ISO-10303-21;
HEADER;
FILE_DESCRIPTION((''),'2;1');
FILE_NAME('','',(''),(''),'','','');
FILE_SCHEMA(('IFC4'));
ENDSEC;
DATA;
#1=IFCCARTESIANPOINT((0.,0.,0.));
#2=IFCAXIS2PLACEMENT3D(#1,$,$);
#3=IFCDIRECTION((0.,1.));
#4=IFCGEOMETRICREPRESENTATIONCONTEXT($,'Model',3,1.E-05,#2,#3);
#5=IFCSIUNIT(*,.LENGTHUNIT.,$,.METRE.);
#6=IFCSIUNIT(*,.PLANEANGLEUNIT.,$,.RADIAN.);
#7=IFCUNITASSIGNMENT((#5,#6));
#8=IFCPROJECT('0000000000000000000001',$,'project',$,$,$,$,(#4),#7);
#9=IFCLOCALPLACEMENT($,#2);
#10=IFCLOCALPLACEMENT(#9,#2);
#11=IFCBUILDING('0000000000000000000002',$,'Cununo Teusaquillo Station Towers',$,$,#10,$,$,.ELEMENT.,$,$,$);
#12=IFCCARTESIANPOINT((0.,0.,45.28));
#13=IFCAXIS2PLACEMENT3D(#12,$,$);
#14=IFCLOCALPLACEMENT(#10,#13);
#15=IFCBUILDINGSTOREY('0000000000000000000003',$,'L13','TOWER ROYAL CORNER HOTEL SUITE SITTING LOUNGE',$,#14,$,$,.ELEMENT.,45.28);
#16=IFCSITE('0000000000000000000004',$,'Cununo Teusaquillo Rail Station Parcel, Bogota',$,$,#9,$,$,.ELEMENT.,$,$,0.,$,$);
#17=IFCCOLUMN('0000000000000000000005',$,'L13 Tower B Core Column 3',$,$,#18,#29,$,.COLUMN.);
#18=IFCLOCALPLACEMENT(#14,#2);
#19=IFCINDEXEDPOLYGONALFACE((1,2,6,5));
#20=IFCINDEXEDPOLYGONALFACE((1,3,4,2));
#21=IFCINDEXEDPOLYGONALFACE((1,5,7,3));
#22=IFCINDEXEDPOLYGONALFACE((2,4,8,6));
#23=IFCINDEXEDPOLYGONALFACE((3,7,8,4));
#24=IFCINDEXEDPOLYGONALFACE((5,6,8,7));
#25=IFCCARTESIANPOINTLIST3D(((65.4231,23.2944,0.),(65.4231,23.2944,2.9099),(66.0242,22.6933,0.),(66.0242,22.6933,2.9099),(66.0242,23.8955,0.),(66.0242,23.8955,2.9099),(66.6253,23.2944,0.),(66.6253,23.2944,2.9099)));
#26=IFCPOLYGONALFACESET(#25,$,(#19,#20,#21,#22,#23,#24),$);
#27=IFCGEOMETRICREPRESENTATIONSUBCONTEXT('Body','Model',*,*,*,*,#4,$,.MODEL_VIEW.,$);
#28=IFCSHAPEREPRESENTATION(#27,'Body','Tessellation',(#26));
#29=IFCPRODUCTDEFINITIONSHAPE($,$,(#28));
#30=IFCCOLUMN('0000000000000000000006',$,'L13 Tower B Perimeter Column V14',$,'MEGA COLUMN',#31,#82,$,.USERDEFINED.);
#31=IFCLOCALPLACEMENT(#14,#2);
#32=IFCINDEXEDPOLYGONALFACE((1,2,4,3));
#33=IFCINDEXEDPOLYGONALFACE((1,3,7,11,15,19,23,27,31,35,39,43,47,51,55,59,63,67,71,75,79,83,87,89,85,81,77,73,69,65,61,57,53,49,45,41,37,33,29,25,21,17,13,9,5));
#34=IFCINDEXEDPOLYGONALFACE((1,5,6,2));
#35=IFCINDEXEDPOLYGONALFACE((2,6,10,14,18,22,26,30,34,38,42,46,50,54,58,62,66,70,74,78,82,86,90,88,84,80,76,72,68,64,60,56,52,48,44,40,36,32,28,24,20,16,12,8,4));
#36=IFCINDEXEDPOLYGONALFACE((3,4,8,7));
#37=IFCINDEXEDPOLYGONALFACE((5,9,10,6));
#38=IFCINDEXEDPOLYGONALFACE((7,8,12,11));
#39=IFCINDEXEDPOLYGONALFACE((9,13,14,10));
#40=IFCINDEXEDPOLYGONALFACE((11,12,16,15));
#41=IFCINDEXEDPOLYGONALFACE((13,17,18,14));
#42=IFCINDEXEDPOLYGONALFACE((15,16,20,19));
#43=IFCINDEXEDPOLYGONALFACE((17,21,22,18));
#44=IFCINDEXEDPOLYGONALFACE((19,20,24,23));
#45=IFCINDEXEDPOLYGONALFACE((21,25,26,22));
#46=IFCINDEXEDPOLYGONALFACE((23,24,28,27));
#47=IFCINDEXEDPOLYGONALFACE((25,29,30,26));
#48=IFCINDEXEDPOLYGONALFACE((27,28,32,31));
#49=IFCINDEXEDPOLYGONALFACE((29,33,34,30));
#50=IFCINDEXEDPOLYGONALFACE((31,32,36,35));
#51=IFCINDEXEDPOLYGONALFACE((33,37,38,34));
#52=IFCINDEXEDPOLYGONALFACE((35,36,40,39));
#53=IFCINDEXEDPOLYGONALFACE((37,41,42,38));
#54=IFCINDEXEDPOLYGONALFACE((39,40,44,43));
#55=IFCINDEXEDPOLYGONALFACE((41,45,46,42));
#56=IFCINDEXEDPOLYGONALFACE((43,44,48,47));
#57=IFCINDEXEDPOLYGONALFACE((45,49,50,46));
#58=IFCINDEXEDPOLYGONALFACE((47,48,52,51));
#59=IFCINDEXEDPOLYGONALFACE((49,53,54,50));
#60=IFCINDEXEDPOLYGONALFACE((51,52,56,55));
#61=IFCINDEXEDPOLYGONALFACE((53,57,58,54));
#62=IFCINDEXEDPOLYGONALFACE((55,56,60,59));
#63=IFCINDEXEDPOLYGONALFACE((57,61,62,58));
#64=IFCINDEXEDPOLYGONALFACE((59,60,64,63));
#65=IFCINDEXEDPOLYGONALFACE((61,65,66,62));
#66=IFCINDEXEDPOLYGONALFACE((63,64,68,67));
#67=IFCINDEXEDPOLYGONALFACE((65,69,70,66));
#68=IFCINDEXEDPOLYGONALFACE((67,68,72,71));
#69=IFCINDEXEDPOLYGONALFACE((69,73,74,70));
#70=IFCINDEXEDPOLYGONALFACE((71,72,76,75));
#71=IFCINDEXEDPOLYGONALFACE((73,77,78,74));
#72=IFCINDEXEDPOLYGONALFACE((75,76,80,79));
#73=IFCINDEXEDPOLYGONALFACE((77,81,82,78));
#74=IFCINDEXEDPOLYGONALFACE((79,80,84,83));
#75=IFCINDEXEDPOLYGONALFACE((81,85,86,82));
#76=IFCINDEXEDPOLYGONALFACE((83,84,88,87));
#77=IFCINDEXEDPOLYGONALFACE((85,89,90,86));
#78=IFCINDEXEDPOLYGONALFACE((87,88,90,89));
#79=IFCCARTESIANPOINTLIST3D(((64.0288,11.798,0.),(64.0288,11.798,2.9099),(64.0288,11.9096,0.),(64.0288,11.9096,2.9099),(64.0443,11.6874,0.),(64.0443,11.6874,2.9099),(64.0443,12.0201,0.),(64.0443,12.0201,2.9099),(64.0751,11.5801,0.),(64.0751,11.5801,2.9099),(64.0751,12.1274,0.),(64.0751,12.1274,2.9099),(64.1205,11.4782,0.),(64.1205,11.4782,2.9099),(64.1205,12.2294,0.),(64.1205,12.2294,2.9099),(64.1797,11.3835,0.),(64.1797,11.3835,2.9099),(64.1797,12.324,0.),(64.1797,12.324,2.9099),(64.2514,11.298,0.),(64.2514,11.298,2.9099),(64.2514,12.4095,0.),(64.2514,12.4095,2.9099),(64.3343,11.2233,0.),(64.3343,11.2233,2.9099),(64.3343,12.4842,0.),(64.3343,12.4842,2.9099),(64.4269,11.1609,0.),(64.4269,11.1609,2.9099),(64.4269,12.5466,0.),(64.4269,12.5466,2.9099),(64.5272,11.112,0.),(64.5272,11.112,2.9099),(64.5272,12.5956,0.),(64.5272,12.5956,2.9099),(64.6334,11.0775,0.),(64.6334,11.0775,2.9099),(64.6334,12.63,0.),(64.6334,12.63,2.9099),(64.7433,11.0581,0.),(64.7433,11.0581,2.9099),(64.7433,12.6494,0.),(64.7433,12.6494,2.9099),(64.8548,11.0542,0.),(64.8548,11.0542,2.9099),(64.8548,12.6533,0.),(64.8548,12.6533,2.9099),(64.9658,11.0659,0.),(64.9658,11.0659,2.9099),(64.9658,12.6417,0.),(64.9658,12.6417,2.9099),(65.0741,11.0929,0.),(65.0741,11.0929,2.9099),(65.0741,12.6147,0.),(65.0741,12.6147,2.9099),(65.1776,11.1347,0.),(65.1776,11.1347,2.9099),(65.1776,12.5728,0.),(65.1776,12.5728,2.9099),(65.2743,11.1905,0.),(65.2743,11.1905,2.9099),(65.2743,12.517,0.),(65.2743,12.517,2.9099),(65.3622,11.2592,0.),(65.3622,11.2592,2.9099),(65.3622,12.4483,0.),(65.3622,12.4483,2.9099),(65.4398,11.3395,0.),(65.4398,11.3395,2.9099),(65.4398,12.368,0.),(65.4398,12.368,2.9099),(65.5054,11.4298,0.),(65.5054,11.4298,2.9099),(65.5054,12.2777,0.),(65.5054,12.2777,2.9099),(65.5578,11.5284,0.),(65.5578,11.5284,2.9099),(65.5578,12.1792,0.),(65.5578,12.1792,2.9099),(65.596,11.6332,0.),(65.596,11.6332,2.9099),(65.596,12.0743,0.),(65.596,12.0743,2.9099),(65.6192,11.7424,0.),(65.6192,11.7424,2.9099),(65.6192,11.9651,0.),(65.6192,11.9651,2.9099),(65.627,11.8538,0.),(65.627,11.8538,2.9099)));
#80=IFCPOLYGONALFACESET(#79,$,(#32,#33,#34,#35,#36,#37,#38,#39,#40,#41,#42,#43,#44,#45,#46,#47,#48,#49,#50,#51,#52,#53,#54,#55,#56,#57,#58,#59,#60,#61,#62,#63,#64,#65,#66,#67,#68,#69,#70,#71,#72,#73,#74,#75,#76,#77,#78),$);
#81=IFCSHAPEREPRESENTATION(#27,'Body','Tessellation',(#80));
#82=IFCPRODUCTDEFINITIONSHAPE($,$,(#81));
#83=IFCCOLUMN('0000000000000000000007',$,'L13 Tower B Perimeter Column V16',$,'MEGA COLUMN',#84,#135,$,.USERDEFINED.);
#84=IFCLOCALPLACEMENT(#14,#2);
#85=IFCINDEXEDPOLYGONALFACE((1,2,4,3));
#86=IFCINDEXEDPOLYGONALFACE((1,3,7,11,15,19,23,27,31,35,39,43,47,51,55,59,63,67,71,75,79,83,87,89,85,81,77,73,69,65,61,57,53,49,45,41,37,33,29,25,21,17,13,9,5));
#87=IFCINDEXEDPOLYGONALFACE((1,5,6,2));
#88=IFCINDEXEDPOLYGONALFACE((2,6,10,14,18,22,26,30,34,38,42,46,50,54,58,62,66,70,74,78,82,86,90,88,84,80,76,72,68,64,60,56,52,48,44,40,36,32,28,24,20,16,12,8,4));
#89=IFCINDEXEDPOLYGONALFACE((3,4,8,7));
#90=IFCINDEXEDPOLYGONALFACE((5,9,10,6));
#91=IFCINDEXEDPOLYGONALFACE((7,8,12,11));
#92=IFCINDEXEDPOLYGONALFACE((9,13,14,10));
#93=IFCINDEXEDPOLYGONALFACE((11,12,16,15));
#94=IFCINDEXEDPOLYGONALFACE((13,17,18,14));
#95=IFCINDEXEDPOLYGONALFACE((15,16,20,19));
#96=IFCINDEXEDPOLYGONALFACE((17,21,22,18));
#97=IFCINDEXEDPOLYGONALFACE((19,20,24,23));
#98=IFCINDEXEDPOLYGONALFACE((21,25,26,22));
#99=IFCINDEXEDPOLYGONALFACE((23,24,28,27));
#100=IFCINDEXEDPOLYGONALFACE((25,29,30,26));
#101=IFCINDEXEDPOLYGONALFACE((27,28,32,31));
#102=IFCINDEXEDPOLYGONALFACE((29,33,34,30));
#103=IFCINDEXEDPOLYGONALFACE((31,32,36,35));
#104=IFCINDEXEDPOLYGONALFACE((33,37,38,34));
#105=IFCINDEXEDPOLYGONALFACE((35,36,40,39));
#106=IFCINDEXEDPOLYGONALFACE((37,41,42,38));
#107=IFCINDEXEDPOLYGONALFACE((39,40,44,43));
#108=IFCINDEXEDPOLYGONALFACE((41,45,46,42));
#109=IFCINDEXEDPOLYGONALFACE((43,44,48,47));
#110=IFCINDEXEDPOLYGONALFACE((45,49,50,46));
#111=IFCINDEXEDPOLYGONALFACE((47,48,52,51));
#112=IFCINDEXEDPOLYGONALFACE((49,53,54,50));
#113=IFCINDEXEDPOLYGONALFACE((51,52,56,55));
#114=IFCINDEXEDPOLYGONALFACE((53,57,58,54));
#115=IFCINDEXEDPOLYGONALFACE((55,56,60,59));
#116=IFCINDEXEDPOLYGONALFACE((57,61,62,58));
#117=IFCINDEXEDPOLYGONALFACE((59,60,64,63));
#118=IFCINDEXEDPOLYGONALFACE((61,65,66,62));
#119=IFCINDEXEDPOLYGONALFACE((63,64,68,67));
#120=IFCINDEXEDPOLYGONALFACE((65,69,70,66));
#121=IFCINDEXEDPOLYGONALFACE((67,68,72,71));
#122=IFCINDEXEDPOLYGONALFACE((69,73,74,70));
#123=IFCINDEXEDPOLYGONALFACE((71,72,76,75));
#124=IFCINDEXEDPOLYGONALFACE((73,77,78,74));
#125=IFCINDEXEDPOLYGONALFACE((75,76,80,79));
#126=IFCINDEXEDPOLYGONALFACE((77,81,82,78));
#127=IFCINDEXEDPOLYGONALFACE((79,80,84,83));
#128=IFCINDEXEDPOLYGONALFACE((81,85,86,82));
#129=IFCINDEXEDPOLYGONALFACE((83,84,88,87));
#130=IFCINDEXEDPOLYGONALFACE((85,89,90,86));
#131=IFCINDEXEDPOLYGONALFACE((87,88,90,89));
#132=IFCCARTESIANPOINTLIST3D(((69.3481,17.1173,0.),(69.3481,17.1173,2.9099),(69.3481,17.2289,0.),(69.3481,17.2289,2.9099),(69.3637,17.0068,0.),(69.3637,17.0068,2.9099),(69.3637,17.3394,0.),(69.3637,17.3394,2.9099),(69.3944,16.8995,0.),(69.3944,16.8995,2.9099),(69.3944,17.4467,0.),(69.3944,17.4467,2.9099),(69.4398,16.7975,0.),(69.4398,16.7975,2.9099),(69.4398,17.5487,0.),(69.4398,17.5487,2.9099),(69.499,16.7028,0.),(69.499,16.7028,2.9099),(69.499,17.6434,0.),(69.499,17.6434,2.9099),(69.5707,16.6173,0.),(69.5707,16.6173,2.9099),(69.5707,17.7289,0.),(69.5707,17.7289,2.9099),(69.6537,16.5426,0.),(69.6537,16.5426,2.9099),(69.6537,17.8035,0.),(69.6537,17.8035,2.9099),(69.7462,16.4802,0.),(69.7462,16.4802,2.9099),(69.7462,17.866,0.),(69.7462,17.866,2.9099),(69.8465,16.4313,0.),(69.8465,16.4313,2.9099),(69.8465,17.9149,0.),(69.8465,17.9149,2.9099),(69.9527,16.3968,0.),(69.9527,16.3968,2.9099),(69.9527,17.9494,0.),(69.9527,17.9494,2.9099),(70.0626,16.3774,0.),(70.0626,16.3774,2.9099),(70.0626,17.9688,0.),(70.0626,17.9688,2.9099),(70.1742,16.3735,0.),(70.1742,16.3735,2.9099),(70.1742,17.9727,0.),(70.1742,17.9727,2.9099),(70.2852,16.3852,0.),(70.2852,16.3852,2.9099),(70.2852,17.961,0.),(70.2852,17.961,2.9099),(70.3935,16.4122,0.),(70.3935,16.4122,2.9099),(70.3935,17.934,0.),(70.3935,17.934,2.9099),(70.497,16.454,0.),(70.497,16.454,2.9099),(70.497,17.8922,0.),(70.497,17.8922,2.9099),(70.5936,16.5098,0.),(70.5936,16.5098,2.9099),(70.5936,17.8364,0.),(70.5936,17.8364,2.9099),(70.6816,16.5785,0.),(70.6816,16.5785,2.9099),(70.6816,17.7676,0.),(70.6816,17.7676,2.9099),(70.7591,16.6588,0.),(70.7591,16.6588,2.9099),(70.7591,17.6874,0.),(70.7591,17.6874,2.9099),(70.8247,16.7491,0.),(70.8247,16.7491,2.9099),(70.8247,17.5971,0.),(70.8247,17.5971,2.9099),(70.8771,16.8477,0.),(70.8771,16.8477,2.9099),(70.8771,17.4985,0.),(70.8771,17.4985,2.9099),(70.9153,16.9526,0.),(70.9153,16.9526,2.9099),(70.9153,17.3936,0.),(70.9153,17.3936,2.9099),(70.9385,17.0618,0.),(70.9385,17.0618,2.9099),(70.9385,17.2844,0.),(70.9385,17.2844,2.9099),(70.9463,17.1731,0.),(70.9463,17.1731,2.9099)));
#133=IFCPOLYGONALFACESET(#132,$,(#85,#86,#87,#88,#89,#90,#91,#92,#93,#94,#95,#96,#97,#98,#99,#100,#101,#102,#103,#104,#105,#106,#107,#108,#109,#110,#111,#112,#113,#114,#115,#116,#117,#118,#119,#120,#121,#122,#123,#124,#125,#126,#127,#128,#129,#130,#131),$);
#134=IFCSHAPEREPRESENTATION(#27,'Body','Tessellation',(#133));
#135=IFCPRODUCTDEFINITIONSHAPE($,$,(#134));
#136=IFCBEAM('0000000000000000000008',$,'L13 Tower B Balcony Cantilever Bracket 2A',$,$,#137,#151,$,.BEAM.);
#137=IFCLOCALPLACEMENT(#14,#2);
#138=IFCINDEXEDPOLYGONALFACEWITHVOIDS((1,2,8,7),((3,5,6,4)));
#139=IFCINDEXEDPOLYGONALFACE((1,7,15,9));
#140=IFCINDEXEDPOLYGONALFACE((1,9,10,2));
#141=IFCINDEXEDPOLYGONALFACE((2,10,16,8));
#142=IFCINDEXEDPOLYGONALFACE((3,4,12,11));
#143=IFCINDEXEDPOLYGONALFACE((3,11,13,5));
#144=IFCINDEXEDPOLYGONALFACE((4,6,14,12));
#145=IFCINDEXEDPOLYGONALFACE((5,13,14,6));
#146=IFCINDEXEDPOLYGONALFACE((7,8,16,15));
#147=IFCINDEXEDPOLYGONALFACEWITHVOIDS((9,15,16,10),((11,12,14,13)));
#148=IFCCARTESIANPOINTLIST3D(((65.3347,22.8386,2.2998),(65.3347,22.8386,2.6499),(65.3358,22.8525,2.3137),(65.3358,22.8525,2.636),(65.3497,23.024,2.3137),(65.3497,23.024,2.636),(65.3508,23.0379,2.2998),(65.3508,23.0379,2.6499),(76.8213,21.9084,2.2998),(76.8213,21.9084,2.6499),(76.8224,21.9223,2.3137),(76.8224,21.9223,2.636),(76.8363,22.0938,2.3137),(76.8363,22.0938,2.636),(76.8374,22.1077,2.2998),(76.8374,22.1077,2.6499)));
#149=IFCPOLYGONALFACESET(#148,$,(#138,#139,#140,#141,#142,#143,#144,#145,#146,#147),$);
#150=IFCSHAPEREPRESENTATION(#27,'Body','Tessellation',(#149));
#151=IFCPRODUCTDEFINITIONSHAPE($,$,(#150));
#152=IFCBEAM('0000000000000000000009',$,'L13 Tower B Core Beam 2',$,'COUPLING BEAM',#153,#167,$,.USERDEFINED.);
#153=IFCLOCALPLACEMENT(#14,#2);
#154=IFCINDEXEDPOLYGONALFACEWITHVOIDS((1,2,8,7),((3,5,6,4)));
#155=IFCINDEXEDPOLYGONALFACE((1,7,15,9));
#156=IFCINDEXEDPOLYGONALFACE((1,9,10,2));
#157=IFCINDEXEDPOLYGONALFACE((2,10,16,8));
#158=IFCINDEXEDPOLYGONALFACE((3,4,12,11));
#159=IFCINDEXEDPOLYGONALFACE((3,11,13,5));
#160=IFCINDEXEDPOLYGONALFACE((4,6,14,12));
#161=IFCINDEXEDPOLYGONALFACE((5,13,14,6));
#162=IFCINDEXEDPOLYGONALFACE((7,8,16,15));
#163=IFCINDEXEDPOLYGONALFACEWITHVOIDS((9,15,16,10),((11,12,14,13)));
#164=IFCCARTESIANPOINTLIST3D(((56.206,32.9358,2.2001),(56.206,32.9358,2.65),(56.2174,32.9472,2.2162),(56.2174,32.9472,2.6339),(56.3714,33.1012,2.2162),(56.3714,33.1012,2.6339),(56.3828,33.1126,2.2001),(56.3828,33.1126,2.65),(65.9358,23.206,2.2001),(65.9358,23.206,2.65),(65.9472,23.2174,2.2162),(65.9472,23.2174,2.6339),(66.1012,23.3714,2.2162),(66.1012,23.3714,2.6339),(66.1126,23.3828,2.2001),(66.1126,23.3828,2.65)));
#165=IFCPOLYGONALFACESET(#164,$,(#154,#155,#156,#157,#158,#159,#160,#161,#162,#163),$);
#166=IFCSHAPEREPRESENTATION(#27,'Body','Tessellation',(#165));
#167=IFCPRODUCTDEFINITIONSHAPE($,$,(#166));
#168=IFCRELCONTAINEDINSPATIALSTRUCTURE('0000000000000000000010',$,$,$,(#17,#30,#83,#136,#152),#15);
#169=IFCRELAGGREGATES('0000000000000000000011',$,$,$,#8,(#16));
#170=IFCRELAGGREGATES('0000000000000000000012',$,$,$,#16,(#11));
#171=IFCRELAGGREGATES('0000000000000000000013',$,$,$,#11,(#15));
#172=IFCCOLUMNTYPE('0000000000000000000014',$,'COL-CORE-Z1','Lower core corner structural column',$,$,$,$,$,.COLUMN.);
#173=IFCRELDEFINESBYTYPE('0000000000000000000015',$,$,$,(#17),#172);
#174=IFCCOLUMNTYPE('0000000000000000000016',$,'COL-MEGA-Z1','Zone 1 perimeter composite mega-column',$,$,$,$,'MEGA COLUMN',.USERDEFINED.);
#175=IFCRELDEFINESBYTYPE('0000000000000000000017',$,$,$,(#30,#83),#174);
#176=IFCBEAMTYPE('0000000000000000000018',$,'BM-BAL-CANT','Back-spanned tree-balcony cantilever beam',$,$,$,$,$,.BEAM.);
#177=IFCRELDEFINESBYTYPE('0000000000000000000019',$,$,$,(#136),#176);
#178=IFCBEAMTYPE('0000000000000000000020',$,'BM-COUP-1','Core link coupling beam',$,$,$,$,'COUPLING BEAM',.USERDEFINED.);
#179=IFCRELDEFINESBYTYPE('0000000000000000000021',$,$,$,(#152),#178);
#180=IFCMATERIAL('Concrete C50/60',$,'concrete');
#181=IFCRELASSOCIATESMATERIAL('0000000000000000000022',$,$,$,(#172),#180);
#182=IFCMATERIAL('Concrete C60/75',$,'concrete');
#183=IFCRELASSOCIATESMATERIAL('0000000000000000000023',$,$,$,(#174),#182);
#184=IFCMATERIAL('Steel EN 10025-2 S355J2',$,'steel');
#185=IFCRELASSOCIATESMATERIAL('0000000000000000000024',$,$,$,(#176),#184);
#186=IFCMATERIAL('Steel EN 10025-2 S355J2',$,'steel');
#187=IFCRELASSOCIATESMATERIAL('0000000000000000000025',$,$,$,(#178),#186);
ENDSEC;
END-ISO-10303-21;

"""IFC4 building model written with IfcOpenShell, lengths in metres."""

from ifc_helpers import new_model, si_unit, direction, frame, origin, origin_2d, place, context, subcontext, project, spatial, rectangle, hollow_rectangle, circle, extrude, material, material_profile, profile_set, type_object, element, save


model = new_model("IFC4")

# Units and contexts
model_context = context("Model", 3, precision=1e-05, world=origin(), true_north=direction((0.0, 1.0)))
body_context = subcontext(model_context, "Body", "Model", "MODEL_VIEW")
ifc_project = project(units=[si_unit("LENGTHUNIT", "METRE"), si_unit("PLANEANGLEUNIT", "RADIAN")], contexts=[model_context])

# Site, building, storey
site_placement = place(None, origin())
site = spatial("IfcSite", under=ifc_project, at=site_placement, Name="Cununo Teusaquillo Rail Station Parcel, Bogota", CompositionType="ELEMENT", RefElevation=0.0)
building_placement = place(site_placement, origin())
building = spatial("IfcBuilding", under=site, at=building_placement, Name="Cununo Teusaquillo Station Towers", CompositionType="ELEMENT")
storey_placement = place(building_placement, frame((0.0, 0.0, 45.28)))
storey = spatial("IfcBuildingStorey", under=building, at=storey_placement, Name="L13", Description="TOWER ROYAL CORNER HOTEL SUITE SITTING LOUNGE", CompositionType="ELEMENT", Elevation=45.28)

# Columns
ifc_material_1 = material(Name="Concrete C50/60", Category="concrete")
ifc_material_profile_1 = material_profile(ifc_material_1, rectangle(XDim=0.8501, YDim=0.8501, at=origin_2d()), Name="RC-RECT-850x850")
ifc_profile_set_1 = profile_set([ifc_material_profile_1], Name="Concrete C50/60")
column_type_1 = type_object("IfcColumnType", Name="COL-CORE-Z1", Description="Lower core corner structural column", PredefinedType="COLUMN", material=ifc_profile_set_1)
column_placement = place(storey_placement, frame((66.0242, 23.2944, 0.0), z_axis=(0.0, 0.0, 1.0), x_axis=(0.707107, 0.707107, 0.0)))
element("IfcColumn", 1, at=column_placement, inside=storey, type_object=column_type_1, Name="L13 Tower B Core Column 3", PredefinedType="COLUMN", context=body_context, shape_type="SweptSolid", body=[
    extrude(rectangle(XDim=0.8501, YDim=0.8501, at=origin_2d()), origin(), (0.0, 0.0, 1.0), 2.9099),
])
ifc_material_2 = material(Name="Concrete C60/75", Category="concrete")
ifc_material_profile_2 = material_profile(ifc_material_2, circle(Radius=0.8, at=origin_2d()), Name="RC-CIRC-1600")
ifc_profile_set_2 = profile_set([ifc_material_profile_2], Name="Concrete C60/75")
column_type_2 = type_object("IfcColumnType", Name="COL-MEGA-Z1", Description="Zone 1 perimeter composite mega-column", ElementType="MEGA COLUMN", PredefinedType="USERDEFINED", material=ifc_profile_set_2)
for number, where, z_axis, x_axis, name in (
    (2, (64.8269, 11.8538, 0.0), (0.0, 0.0, 1.0), (1.0, 0.0, 0.0), "L13 Tower B Perimeter Column V14"),
    (3, (70.1462, 17.1731, 0.0), (0.0, 0.0, 1.0), (1.0, 0.0, 0.0), "L13 Tower B Perimeter Column V16"),
):
    element("IfcColumn", number, at=place(storey_placement, frame(where, z_axis=z_axis, x_axis=x_axis)), inside=storey, type_object=column_type_2, Name=name, ObjectType="MEGA COLUMN", PredefinedType="USERDEFINED", context=body_context, shape_type="SweptSolid", body=[
        extrude(circle(Radius=0.8, at=origin_2d()), origin(), (0.0, 0.0, 1.0), 2.9099),
    ])

# Beams
ifc_material_3 = material(Name="Steel EN 10025-2 S355J2", Category="steel")
ifc_material_profile_3 = material_profile(ifc_material_3, hollow_rectangle(XDim=0.2, YDim=0.3501, WallThickness=0.0139, at=origin_2d()), Name="RHS 350x200x14")
ifc_profile_set_3 = profile_set([ifc_material_profile_3], Name="Steel EN 10025-2 S355J2")
beam_type_1 = type_object("IfcBeamType", Name="BM-BAL-CANT", Description="Back-spanned tree-balcony cantilever beam", PredefinedType="BEAM", material=ifc_profile_set_3)
beam_1_placement = place(storey_placement, frame((65.3428, 22.9382, 2.4749), z_axis=(0.996737, -0.080715, 0.0), x_axis=(0.080715, 0.996737, 0.0)))
element("IfcBeam", 4, at=beam_1_placement, inside=storey, type_object=beam_type_1, Name="L13 Tower B Balcony Cantilever Bracket 2A", PredefinedType="BEAM", context=body_context, shape_type="SweptSolid", body=[
    extrude(hollow_rectangle(XDim=0.2, YDim=0.3501, WallThickness=0.0139, at=origin_2d()), origin(), (0.0, 0.0, 1.0), 11.5242),
])
ifc_material_4 = material(Name="Steel EN 10025-2 S355J2", Category="steel")
ifc_material_profile_4 = material_profile(ifc_material_4, hollow_rectangle(XDim=0.25, YDim=0.45, WallThickness=0.0161, at=origin_2d()), Name="RHS 450x250x16")
ifc_profile_set_4 = profile_set([ifc_material_profile_4], Name="Steel EN 10025-2 S355J2")
beam_type_2 = type_object("IfcBeamType", Name="BM-COUP-1", Description="Core link coupling beam", ElementType="COUPLING BEAM", PredefinedType="USERDEFINED", material=ifc_profile_set_4)
beam_2_placement = place(storey_placement, frame((66.0242, 23.2944, 2.425), z_axis=(-0.707107, 0.707107, 0.0), x_axis=(-0.707107, -0.707107, 0.0)))
element("IfcBeam", 5, at=beam_2_placement, inside=storey, type_object=beam_type_2, Name="L13 Tower B Core Beam 2", ObjectType="COUPLING BEAM", PredefinedType="USERDEFINED", context=body_context, shape_type="SweptSolid", body=[
    extrude(hollow_rectangle(XDim=0.25, YDim=0.45, WallThickness=0.0161, at=origin_2d()), origin(), (0.0, 0.0, 1.0), 13.76),
])

save(model, "model.ifc")
